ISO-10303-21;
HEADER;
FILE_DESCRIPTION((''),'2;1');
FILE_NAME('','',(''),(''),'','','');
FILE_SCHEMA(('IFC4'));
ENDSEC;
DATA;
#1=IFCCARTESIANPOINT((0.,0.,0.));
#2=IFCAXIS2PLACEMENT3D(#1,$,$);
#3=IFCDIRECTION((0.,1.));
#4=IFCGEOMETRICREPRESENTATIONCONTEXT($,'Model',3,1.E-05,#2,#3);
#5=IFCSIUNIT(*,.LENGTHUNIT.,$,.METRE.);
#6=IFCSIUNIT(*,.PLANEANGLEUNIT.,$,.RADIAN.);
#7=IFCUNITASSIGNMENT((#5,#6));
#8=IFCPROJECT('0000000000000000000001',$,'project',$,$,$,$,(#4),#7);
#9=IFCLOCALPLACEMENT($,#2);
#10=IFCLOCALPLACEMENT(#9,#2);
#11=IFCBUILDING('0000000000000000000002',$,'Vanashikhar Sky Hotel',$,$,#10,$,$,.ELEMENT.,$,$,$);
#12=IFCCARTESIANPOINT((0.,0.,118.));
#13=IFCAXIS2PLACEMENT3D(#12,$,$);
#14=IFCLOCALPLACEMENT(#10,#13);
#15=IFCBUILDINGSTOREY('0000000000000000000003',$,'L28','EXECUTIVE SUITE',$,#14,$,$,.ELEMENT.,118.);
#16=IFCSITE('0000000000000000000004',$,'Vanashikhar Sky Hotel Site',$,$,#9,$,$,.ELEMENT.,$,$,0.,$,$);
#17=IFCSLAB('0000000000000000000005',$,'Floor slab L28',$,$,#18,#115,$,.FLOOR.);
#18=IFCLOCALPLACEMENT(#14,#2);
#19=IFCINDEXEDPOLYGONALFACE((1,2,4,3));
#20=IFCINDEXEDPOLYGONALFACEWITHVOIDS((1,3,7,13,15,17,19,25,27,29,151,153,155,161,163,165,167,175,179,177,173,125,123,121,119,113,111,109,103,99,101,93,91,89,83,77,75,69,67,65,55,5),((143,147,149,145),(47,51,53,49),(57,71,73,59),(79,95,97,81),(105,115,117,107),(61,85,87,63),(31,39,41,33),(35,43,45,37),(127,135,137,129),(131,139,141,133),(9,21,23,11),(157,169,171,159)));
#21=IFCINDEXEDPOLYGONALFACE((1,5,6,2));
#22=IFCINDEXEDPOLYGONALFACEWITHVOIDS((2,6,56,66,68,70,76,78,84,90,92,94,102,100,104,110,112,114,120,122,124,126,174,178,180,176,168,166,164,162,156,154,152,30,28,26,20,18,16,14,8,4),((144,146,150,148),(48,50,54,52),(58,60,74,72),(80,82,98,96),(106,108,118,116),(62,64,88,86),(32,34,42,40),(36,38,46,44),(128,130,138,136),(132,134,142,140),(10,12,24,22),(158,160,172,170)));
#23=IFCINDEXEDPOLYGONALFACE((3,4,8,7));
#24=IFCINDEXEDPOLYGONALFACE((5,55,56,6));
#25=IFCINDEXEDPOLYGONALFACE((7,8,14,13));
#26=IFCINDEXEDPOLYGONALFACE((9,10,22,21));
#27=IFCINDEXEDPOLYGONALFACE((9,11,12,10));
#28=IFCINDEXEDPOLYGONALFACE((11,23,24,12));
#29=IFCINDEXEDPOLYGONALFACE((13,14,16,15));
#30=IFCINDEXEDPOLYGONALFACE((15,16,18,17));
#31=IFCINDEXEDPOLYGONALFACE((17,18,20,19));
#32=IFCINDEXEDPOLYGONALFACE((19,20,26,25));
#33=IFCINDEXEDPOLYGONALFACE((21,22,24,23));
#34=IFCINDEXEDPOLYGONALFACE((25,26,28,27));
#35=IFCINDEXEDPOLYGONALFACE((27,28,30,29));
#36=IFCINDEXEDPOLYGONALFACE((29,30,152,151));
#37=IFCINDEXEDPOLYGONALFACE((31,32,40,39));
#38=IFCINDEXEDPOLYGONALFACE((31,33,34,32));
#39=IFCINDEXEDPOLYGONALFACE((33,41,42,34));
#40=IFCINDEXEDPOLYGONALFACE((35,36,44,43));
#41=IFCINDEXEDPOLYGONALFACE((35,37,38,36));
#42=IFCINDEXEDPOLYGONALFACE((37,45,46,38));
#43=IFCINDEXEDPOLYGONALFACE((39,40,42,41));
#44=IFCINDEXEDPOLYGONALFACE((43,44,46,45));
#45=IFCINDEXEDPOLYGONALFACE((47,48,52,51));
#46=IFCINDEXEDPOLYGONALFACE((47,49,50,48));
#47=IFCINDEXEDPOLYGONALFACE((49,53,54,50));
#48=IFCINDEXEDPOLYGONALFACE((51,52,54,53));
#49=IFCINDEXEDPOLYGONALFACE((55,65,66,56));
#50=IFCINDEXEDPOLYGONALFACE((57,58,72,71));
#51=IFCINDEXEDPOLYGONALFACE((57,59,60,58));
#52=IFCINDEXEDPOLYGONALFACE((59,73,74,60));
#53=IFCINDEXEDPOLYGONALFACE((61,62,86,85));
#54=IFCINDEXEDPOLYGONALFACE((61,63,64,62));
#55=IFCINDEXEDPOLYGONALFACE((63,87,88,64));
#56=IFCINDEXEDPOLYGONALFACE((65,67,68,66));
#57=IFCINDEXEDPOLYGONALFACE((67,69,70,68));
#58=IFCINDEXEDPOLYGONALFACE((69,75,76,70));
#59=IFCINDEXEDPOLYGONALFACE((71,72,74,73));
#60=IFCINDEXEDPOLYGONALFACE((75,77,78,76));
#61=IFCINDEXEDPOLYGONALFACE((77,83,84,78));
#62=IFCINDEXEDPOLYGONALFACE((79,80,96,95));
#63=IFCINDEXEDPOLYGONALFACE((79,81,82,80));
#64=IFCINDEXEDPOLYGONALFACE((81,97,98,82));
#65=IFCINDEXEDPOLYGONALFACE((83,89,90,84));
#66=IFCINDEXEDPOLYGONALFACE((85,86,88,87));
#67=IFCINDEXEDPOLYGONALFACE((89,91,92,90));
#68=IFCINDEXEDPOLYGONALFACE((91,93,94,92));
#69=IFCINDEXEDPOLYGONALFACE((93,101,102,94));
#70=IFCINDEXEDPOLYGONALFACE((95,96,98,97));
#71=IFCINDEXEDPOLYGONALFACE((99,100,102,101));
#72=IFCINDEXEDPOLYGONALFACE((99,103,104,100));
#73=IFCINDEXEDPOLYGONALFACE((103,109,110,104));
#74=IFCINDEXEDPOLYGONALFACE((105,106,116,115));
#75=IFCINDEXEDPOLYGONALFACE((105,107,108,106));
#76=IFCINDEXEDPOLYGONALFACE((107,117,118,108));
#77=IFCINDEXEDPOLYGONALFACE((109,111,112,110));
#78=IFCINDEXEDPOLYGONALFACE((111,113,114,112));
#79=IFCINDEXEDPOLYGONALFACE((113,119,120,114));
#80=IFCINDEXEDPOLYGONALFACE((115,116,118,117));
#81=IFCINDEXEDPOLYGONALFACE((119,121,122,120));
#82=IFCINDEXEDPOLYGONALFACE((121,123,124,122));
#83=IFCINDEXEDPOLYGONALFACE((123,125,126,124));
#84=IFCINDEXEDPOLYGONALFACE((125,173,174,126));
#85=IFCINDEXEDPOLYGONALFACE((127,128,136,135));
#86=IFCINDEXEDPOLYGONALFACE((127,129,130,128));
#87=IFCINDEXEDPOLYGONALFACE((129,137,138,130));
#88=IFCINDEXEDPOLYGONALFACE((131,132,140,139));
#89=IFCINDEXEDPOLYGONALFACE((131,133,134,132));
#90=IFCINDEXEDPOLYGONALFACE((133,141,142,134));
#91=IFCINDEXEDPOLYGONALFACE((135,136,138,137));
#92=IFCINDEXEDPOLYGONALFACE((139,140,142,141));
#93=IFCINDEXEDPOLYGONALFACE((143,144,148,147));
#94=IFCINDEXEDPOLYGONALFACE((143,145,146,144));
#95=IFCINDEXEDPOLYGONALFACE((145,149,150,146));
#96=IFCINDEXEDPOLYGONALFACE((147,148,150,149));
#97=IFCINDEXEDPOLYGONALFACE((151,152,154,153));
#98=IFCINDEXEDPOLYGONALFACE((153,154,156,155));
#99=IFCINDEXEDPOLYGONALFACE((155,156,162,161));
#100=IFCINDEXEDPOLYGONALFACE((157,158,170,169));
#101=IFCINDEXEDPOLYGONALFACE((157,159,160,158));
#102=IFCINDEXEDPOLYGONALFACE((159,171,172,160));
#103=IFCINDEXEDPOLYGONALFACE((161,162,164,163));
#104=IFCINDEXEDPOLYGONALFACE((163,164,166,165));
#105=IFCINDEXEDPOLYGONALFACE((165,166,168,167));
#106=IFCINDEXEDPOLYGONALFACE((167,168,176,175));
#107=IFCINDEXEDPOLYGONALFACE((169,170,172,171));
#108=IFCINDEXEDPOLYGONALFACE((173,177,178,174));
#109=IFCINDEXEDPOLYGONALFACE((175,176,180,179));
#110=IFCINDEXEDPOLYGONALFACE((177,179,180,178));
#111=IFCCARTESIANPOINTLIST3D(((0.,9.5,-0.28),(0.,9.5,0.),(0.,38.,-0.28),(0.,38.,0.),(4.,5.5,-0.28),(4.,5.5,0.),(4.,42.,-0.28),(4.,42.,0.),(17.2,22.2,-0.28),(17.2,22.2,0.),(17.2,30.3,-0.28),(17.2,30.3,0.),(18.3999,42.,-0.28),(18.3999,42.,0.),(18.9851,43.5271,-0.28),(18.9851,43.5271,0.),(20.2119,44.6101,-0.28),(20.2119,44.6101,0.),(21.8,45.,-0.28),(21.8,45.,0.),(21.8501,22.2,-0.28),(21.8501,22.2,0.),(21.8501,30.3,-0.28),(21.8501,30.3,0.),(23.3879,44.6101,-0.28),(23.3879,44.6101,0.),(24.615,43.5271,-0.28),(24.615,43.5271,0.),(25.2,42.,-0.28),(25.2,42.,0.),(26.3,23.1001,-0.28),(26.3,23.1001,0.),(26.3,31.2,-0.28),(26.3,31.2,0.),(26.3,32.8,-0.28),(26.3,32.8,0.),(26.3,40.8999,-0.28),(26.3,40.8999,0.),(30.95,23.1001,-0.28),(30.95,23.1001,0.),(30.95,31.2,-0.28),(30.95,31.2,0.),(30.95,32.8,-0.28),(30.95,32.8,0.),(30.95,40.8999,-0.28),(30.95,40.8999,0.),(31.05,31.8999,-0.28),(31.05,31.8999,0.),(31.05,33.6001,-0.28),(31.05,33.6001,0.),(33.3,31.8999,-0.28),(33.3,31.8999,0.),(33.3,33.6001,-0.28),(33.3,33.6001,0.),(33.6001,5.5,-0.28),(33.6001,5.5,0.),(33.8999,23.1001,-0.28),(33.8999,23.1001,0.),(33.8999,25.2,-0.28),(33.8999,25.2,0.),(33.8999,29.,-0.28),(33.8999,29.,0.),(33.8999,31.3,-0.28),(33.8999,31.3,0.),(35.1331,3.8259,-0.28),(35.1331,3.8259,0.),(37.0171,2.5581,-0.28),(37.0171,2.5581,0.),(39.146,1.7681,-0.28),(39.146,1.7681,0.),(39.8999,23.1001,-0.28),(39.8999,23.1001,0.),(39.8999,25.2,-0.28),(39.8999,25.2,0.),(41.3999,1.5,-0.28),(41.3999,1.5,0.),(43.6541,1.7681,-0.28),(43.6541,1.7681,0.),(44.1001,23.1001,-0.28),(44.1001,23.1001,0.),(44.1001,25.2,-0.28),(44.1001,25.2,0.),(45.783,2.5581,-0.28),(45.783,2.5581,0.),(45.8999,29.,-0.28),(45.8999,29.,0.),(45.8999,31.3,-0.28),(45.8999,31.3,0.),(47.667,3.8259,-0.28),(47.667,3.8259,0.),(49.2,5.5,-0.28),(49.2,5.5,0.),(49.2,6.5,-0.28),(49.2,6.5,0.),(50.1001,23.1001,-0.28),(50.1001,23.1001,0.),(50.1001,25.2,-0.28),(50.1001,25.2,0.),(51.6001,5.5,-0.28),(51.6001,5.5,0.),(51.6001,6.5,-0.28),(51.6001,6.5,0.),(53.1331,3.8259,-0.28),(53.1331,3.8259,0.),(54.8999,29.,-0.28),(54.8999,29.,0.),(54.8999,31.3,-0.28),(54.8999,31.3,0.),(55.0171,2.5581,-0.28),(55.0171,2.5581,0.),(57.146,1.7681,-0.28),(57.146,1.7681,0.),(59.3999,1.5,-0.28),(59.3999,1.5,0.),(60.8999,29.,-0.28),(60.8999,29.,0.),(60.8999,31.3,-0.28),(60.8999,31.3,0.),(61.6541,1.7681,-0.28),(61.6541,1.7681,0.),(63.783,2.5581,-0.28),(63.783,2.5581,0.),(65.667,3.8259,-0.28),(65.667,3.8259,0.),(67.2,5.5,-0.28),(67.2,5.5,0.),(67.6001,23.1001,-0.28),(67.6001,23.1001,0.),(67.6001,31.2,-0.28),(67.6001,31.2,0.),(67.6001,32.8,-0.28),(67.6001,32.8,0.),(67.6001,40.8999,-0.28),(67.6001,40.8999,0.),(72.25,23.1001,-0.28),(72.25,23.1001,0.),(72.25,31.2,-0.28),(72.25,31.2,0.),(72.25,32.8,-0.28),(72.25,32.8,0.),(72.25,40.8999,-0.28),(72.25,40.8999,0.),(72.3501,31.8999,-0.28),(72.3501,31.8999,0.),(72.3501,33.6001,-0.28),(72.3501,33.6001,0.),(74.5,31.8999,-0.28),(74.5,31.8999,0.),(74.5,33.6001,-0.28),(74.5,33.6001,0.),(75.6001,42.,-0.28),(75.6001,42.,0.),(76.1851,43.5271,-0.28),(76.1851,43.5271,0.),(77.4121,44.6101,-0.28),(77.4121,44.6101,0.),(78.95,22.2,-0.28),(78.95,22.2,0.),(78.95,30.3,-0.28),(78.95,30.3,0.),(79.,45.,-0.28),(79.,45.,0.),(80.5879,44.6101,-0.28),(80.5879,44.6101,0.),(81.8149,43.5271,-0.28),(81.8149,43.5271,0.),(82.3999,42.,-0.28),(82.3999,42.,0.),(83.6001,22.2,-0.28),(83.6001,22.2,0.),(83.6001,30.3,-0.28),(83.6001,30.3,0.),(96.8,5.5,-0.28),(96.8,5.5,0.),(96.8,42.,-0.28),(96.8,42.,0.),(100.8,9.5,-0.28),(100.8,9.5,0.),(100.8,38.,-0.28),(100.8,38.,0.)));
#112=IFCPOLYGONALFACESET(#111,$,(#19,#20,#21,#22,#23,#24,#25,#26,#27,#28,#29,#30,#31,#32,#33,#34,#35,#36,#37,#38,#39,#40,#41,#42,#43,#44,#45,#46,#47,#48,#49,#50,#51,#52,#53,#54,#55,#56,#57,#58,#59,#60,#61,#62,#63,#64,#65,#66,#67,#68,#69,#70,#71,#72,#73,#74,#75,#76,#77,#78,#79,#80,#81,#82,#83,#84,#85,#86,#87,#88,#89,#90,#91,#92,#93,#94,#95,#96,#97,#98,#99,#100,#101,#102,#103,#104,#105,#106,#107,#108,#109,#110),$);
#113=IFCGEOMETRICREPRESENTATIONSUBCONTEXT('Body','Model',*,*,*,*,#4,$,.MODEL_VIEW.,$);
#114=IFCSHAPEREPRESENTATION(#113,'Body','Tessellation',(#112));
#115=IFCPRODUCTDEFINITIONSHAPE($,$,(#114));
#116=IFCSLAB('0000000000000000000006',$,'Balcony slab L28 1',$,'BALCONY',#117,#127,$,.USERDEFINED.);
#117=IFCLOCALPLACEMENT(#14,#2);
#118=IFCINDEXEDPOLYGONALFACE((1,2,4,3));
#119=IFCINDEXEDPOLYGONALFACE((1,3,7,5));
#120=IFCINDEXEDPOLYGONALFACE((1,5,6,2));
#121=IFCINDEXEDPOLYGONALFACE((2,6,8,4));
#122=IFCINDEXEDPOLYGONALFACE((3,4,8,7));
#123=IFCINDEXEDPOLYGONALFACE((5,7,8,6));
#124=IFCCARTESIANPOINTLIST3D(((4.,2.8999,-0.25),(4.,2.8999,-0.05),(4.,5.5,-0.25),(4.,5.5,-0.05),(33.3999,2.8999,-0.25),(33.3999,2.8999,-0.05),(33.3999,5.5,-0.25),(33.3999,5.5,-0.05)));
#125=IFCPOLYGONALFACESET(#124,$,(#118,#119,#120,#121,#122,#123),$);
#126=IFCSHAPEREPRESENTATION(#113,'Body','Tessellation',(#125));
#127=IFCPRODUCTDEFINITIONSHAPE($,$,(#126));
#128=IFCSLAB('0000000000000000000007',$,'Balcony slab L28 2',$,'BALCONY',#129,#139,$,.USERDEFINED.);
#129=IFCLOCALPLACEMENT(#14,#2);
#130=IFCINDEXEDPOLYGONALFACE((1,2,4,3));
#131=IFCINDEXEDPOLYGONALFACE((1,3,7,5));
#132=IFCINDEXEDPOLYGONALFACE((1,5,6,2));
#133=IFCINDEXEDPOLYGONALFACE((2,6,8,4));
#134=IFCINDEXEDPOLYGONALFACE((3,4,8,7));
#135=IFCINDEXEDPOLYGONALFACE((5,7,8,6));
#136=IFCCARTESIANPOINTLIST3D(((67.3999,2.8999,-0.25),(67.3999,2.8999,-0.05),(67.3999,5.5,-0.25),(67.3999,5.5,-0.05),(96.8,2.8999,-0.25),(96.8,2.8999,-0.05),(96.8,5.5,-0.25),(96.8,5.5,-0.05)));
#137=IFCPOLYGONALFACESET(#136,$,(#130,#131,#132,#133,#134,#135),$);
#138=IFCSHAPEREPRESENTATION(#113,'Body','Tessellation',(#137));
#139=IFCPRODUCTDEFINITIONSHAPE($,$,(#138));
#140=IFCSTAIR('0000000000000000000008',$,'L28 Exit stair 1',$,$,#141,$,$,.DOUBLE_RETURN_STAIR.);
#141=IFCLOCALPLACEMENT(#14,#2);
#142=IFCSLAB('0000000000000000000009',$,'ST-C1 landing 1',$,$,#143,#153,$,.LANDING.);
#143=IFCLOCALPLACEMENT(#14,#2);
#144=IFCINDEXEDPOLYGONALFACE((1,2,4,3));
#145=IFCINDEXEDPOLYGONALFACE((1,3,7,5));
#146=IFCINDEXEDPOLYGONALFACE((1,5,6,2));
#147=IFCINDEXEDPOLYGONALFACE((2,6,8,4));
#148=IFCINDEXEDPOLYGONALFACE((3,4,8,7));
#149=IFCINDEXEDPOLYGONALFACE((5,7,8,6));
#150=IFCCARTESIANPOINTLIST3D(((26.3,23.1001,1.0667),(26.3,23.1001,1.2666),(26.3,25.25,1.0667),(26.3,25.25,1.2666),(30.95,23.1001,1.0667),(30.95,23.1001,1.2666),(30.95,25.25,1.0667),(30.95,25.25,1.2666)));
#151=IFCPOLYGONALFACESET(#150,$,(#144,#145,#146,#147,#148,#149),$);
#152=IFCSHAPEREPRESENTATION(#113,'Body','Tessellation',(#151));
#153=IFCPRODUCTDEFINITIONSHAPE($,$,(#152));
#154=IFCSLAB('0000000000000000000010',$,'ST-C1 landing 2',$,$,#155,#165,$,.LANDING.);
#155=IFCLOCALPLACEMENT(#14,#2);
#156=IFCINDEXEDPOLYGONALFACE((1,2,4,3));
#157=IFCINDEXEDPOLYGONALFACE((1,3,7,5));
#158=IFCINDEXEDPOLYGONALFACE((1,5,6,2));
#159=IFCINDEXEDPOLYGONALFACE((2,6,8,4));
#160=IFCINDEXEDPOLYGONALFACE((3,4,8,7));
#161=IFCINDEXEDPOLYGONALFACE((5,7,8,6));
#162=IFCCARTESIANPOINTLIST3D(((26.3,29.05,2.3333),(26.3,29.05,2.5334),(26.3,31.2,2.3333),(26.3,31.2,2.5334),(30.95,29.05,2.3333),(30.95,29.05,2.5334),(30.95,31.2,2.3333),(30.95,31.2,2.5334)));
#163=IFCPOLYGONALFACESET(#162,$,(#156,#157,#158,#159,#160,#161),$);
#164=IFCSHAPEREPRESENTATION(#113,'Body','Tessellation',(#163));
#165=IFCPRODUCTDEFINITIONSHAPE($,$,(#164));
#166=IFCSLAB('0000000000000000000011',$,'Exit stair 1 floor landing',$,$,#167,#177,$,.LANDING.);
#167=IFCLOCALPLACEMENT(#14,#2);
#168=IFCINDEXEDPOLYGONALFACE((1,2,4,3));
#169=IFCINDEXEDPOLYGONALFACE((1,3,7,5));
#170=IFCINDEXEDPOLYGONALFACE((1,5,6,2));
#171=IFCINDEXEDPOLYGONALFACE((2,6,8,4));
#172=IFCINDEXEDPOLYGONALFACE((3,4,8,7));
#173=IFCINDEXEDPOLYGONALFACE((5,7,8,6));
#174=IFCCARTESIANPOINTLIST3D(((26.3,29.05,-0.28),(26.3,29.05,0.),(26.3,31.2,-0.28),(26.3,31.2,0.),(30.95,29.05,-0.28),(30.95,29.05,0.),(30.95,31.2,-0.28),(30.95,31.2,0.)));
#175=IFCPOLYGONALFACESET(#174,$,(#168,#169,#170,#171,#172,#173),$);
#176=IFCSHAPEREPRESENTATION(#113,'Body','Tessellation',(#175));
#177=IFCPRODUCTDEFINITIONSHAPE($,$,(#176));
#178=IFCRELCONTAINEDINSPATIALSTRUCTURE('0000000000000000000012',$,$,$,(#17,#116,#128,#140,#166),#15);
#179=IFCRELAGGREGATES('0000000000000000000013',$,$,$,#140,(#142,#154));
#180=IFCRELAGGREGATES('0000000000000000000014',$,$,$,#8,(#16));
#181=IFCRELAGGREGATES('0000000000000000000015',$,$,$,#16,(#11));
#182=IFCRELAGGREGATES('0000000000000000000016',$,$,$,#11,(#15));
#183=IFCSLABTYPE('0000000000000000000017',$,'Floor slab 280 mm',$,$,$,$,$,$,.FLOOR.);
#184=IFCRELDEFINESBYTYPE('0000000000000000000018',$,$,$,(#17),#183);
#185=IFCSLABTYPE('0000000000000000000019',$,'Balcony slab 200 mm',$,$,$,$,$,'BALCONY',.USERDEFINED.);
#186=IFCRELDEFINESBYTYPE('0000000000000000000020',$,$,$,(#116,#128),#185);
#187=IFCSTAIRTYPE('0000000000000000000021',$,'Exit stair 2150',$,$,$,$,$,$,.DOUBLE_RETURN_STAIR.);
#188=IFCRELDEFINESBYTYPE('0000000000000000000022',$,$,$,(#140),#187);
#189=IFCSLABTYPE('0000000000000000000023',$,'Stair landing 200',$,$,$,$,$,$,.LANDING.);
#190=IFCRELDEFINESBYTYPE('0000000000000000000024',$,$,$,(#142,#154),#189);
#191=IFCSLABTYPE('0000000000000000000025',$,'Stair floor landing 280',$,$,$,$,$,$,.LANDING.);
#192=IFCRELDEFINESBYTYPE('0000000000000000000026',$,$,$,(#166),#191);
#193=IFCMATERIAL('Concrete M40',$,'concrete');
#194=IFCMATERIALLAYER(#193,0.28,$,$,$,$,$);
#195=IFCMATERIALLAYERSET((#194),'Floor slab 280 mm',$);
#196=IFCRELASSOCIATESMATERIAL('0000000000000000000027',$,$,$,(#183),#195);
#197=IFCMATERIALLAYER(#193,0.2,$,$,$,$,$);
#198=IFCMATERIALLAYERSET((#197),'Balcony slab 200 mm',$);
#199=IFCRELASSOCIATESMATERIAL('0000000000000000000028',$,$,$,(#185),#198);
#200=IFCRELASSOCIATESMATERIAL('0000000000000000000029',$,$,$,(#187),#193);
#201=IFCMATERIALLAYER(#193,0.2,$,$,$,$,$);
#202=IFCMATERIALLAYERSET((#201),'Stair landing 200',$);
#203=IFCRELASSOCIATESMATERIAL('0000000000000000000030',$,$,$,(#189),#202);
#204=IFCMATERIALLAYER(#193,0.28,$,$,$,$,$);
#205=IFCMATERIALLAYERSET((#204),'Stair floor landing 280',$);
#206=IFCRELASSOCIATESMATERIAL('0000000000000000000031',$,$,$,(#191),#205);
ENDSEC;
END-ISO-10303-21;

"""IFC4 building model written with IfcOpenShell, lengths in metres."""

from ifc_helpers import new_model, si_unit, direction, frame, origin, place, context, subcontext, project, spatial, polyline, outline, extrude, source, transform, mapped, material, layer, layer_set, type_object, element, aggregate, save


model = new_model("IFC4")

# Units and contexts
model_context = context("Model", 3, precision=1e-05, world=origin(), true_north=direction((0.0, 1.0)))
body_context = subcontext(model_context, "Body", "Model", "MODEL_VIEW")
ifc_project = project(units=[si_unit("LENGTHUNIT", "METRE"), si_unit("PLANEANGLEUNIT", "RADIAN")], contexts=[model_context])

# Site, building, storey
site_placement = place(None, origin())
site = spatial("IfcSite", under=ifc_project, at=site_placement, Name="Vanashikhar Sky Hotel Site", CompositionType="ELEMENT", RefElevation=0.0)
building_placement = place(site_placement, origin())
building = spatial("IfcBuilding", under=site, at=building_placement, Name="Vanashikhar Sky Hotel", CompositionType="ELEMENT")
storey_placement = place(building_placement, frame((0.0, 0.0, 118.0)))
storey = spatial("IfcBuildingStorey", under=building, at=storey_placement, Name="L28", Description="EXECUTIVE SUITE", CompositionType="ELEMENT", Elevation=118.0)

# Slabs
ifc_material_1 = material(Name="Concrete M40", Category="concrete")
ifc_layer_1 = layer(ifc_material_1, 0.28)
ifc_layer_set_1 = layer_set([ifc_layer_1], Name="Floor slab 280 mm")
slab_type_1 = type_object("IfcSlabType", Name="Floor slab 280 mm", PredefinedType="FLOOR", material=ifc_layer_set_1)
shared_shape_1 = source(origin(), body_context, "Body", "SweptSolid", [
    extrude(outline(polyline([(49.2, 5.5), (49.2, 6.5), (51.6001, 6.5), (51.6001, 5.5), (53.1331, 3.8259), (55.0171, 2.5581), (57.146, 1.7681), (59.3999, 1.5), (61.6541, 1.7681), (63.783, 2.5581), (65.667, 3.8259), (67.2, 5.5), (96.8, 5.5), (100.8, 9.5), (100.8, 38.0), (96.8, 42.0), (82.3999, 42.0), (81.8149, 43.5271), (80.5879, 44.6101), (79.0, 45.0), (77.4121, 44.6101), (76.1851, 43.5271), (75.6001, 42.0), (25.2, 42.0), (24.615, 43.5271), (23.3879, 44.6101), (21.8, 45.0), (20.2119, 44.6101), (18.9851, 43.5271), (18.3999, 42.0), (4.0, 42.0), (0.0, 38.0), (0.0, 9.5), (4.0, 5.5), (33.6001, 5.5), (35.1331, 3.8259), (37.0171, 2.5581), (39.146, 1.7681), (41.3999, 1.5), (43.6541, 1.7681), (45.783, 2.5581), (47.667, 3.8259), (49.2, 5.5)]), holes=[polyline([(33.3, 33.6001), (31.05, 33.6001), (31.05, 31.8999), (33.3, 31.8999), (33.3, 33.6001)]), polyline([(33.8999, 25.2), (33.8999, 23.1001), (39.8999, 23.1001), (39.8999, 25.2), (33.8999, 25.2)]), polyline([(33.8999, 31.3), (33.8999, 29.0), (45.8999, 29.0), (45.8999, 31.3), (33.8999, 31.3)]), polyline([(44.1001, 25.2), (44.1001, 23.1001), (50.1001, 23.1001), (50.1001, 25.2), (44.1001, 25.2)]), polyline([(54.8999, 31.3), (54.8999, 29.0), (60.8999, 29.0), (60.8999, 31.3), (54.8999, 31.3)]), polyline([(74.5, 33.6001), (72.3501, 33.6001), (72.3501, 31.8999), (74.5, 31.8999), (74.5, 33.6001)]), polyline([(30.95, 23.1001), (30.95, 31.2), (26.3, 31.2), (26.3, 23.1001), (30.95, 23.1001)]), polyline([(72.25, 23.1001), (72.25, 31.2), (67.6001, 31.2), (67.6001, 23.1001), (72.25, 23.1001)]), polyline([(30.95, 32.8), (30.95, 40.8999), (26.3, 40.8999), (26.3, 32.8), (30.95, 32.8)]), polyline([(72.25, 32.8), (72.25, 40.8999), (67.6001, 40.8999), (67.6001, 32.8), (72.25, 32.8)]), polyline([(83.6001, 22.2), (83.6001, 30.3), (78.95, 30.3), (78.95, 22.2), (83.6001, 22.2)]), polyline([(21.8501, 22.2), (21.8501, 30.3), (17.2, 30.3), (17.2, 22.2), (21.8501, 22.2)])]), origin(), (0.0, 0.0, 1.0), 0.28),
])
slab_1_placement = place(storey_placement, frame((0.0, 0.0, -0.28)))
element("IfcSlab", 1, at=slab_1_placement, inside=storey, type_object=slab_type_1, Name="Floor slab L28", PredefinedType="FLOOR", context=body_context, shape_type="MappedRepresentation", body=[
    mapped(shared_shape_1, transform((0.0, 0.0, 0.0), scale=1.0)),
])
ifc_layer_2 = layer(ifc_material_1, 0.2)
ifc_layer_set_2 = layer_set([ifc_layer_2], Name="Balcony slab 200 mm")
slab_type_2 = type_object("IfcSlabType", Name="Balcony slab 200 mm", ElementType="BALCONY", PredefinedType="USERDEFINED", material=ifc_layer_set_2)
shared_shape_2 = source(origin(), body_context, "Body", "SweptSolid", [
    extrude(outline(polyline([(4.0, 2.8999), (33.3999, 2.8999), (33.3999, 5.5), (4.0, 5.5), (4.0, 2.8999)])), origin(), (0.0, 0.0, 1.0), 0.2),
])
slab_2_placement = place(storey_placement, frame((0.0, 0.0, -0.25)))
element("IfcSlab", 2, at=slab_2_placement, inside=storey, type_object=slab_type_2, Name="Balcony slab L28 1", ObjectType="BALCONY", PredefinedType="USERDEFINED", context=body_context, shape_type="MappedRepresentation", body=[
    mapped(shared_shape_2, transform((0.0, 0.0, 0.0), scale=1.0)),
])
shared_shape_3 = source(origin(), body_context, "Body", "SweptSolid", [
    extrude(outline(polyline([(67.3999, 2.8999), (96.8, 2.8999), (96.8, 5.5), (67.3999, 5.5), (67.3999, 2.8999)])), origin(), (0.0, 0.0, 1.0), 0.2),
])
slab_3_placement = place(storey_placement, frame((0.0, 0.0, -0.25)))
element("IfcSlab", 3, at=slab_3_placement, inside=storey, type_object=slab_type_2, Name="Balcony slab L28 2", ObjectType="BALCONY", PredefinedType="USERDEFINED", context=body_context, shape_type="MappedRepresentation", body=[
    mapped(shared_shape_3, transform((0.0, 0.0, 0.0), scale=1.0)),
])

# Stair, slabs
stair_type = type_object("IfcStairType", Name="Exit stair 2150", PredefinedType="DOUBLE_RETURN_STAIR", material=ifc_material_1)
stair_1_placement = place(storey_placement, origin())
stair_1 = element("IfcStair", 4, at=stair_1_placement, inside=storey, type_object=stair_type, Name="L28 Exit stair 1", PredefinedType="DOUBLE_RETURN_STAIR")
ifc_layer_3 = layer(ifc_material_1, 0.2)
ifc_layer_set_3 = layer_set([ifc_layer_3], Name="Stair landing 200")
slab_type_3 = type_object("IfcSlabType", Name="Stair landing 200", PredefinedType="LANDING", material=ifc_layer_set_3)
shared_shape_4 = source(origin(), body_context, "Body", "SweptSolid", [
    extrude(outline(polyline([(30.95, 23.1001), (30.95, 25.25), (26.3, 25.25), (26.3, 23.1001), (30.95, 23.1001)])), origin(), (0.0, 0.0, 1.0), 0.2),
])
slab_4_placement = place(storey_placement, frame((0.0, 0.0, 1.0667)))
slab_4 = element("IfcSlab", 5, at=slab_4_placement, type_object=slab_type_3, Name="ST-C1 landing 1", PredefinedType="LANDING", context=body_context, shape_type="MappedRepresentation", body=[
    mapped(shared_shape_4, transform((0.0, 0.0, 0.0), scale=1.0)),
])
shared_shape_5 = source(origin(), body_context, "Body", "SweptSolid", [
    extrude(outline(polyline([(30.95, 29.05), (30.95, 31.2), (26.3, 31.2), (26.3, 29.05), (30.95, 29.05)])), origin(), (0.0, 0.0, 1.0), 0.2002),
])
slab_5_placement = place(storey_placement, frame((0.0, 0.0, 2.3333)))
slab_5 = element("IfcSlab", 6, at=slab_5_placement, type_object=slab_type_3, Name="ST-C1 landing 2", PredefinedType="LANDING", context=body_context, shape_type="MappedRepresentation", body=[
    mapped(shared_shape_5, transform((0.0, 0.0, 0.0), scale=1.0)),
])
aggregate(stair_1, [slab_4, slab_5])

# Slab
ifc_layer_4 = layer(ifc_material_1, 0.28)
ifc_layer_set_4 = layer_set([ifc_layer_4], Name="Stair floor landing 280")
slab_type_4 = type_object("IfcSlabType", Name="Stair floor landing 280", PredefinedType="LANDING", material=ifc_layer_set_4)
shared_shape_6 = source(origin(), body_context, "Body", "SweptSolid", [
    extrude(outline(polyline([(30.95, 29.05), (30.95, 31.2), (26.3, 31.2), (26.3, 29.05), (30.95, 29.05)])), origin(), (0.0, 0.0, 1.0), 0.28),
])
slab_6_placement = place(storey_placement, frame((0.0, 0.0, -0.28)))
element("IfcSlab", 7, at=slab_6_placement, inside=storey, type_object=slab_type_4, Name="Exit stair 1 floor landing", PredefinedType="LANDING", context=body_context, shape_type="MappedRepresentation", body=[
    mapped(shared_shape_6, transform((0.0, 0.0, 0.0), scale=1.0)),
])

save(model, "model.ifc")
